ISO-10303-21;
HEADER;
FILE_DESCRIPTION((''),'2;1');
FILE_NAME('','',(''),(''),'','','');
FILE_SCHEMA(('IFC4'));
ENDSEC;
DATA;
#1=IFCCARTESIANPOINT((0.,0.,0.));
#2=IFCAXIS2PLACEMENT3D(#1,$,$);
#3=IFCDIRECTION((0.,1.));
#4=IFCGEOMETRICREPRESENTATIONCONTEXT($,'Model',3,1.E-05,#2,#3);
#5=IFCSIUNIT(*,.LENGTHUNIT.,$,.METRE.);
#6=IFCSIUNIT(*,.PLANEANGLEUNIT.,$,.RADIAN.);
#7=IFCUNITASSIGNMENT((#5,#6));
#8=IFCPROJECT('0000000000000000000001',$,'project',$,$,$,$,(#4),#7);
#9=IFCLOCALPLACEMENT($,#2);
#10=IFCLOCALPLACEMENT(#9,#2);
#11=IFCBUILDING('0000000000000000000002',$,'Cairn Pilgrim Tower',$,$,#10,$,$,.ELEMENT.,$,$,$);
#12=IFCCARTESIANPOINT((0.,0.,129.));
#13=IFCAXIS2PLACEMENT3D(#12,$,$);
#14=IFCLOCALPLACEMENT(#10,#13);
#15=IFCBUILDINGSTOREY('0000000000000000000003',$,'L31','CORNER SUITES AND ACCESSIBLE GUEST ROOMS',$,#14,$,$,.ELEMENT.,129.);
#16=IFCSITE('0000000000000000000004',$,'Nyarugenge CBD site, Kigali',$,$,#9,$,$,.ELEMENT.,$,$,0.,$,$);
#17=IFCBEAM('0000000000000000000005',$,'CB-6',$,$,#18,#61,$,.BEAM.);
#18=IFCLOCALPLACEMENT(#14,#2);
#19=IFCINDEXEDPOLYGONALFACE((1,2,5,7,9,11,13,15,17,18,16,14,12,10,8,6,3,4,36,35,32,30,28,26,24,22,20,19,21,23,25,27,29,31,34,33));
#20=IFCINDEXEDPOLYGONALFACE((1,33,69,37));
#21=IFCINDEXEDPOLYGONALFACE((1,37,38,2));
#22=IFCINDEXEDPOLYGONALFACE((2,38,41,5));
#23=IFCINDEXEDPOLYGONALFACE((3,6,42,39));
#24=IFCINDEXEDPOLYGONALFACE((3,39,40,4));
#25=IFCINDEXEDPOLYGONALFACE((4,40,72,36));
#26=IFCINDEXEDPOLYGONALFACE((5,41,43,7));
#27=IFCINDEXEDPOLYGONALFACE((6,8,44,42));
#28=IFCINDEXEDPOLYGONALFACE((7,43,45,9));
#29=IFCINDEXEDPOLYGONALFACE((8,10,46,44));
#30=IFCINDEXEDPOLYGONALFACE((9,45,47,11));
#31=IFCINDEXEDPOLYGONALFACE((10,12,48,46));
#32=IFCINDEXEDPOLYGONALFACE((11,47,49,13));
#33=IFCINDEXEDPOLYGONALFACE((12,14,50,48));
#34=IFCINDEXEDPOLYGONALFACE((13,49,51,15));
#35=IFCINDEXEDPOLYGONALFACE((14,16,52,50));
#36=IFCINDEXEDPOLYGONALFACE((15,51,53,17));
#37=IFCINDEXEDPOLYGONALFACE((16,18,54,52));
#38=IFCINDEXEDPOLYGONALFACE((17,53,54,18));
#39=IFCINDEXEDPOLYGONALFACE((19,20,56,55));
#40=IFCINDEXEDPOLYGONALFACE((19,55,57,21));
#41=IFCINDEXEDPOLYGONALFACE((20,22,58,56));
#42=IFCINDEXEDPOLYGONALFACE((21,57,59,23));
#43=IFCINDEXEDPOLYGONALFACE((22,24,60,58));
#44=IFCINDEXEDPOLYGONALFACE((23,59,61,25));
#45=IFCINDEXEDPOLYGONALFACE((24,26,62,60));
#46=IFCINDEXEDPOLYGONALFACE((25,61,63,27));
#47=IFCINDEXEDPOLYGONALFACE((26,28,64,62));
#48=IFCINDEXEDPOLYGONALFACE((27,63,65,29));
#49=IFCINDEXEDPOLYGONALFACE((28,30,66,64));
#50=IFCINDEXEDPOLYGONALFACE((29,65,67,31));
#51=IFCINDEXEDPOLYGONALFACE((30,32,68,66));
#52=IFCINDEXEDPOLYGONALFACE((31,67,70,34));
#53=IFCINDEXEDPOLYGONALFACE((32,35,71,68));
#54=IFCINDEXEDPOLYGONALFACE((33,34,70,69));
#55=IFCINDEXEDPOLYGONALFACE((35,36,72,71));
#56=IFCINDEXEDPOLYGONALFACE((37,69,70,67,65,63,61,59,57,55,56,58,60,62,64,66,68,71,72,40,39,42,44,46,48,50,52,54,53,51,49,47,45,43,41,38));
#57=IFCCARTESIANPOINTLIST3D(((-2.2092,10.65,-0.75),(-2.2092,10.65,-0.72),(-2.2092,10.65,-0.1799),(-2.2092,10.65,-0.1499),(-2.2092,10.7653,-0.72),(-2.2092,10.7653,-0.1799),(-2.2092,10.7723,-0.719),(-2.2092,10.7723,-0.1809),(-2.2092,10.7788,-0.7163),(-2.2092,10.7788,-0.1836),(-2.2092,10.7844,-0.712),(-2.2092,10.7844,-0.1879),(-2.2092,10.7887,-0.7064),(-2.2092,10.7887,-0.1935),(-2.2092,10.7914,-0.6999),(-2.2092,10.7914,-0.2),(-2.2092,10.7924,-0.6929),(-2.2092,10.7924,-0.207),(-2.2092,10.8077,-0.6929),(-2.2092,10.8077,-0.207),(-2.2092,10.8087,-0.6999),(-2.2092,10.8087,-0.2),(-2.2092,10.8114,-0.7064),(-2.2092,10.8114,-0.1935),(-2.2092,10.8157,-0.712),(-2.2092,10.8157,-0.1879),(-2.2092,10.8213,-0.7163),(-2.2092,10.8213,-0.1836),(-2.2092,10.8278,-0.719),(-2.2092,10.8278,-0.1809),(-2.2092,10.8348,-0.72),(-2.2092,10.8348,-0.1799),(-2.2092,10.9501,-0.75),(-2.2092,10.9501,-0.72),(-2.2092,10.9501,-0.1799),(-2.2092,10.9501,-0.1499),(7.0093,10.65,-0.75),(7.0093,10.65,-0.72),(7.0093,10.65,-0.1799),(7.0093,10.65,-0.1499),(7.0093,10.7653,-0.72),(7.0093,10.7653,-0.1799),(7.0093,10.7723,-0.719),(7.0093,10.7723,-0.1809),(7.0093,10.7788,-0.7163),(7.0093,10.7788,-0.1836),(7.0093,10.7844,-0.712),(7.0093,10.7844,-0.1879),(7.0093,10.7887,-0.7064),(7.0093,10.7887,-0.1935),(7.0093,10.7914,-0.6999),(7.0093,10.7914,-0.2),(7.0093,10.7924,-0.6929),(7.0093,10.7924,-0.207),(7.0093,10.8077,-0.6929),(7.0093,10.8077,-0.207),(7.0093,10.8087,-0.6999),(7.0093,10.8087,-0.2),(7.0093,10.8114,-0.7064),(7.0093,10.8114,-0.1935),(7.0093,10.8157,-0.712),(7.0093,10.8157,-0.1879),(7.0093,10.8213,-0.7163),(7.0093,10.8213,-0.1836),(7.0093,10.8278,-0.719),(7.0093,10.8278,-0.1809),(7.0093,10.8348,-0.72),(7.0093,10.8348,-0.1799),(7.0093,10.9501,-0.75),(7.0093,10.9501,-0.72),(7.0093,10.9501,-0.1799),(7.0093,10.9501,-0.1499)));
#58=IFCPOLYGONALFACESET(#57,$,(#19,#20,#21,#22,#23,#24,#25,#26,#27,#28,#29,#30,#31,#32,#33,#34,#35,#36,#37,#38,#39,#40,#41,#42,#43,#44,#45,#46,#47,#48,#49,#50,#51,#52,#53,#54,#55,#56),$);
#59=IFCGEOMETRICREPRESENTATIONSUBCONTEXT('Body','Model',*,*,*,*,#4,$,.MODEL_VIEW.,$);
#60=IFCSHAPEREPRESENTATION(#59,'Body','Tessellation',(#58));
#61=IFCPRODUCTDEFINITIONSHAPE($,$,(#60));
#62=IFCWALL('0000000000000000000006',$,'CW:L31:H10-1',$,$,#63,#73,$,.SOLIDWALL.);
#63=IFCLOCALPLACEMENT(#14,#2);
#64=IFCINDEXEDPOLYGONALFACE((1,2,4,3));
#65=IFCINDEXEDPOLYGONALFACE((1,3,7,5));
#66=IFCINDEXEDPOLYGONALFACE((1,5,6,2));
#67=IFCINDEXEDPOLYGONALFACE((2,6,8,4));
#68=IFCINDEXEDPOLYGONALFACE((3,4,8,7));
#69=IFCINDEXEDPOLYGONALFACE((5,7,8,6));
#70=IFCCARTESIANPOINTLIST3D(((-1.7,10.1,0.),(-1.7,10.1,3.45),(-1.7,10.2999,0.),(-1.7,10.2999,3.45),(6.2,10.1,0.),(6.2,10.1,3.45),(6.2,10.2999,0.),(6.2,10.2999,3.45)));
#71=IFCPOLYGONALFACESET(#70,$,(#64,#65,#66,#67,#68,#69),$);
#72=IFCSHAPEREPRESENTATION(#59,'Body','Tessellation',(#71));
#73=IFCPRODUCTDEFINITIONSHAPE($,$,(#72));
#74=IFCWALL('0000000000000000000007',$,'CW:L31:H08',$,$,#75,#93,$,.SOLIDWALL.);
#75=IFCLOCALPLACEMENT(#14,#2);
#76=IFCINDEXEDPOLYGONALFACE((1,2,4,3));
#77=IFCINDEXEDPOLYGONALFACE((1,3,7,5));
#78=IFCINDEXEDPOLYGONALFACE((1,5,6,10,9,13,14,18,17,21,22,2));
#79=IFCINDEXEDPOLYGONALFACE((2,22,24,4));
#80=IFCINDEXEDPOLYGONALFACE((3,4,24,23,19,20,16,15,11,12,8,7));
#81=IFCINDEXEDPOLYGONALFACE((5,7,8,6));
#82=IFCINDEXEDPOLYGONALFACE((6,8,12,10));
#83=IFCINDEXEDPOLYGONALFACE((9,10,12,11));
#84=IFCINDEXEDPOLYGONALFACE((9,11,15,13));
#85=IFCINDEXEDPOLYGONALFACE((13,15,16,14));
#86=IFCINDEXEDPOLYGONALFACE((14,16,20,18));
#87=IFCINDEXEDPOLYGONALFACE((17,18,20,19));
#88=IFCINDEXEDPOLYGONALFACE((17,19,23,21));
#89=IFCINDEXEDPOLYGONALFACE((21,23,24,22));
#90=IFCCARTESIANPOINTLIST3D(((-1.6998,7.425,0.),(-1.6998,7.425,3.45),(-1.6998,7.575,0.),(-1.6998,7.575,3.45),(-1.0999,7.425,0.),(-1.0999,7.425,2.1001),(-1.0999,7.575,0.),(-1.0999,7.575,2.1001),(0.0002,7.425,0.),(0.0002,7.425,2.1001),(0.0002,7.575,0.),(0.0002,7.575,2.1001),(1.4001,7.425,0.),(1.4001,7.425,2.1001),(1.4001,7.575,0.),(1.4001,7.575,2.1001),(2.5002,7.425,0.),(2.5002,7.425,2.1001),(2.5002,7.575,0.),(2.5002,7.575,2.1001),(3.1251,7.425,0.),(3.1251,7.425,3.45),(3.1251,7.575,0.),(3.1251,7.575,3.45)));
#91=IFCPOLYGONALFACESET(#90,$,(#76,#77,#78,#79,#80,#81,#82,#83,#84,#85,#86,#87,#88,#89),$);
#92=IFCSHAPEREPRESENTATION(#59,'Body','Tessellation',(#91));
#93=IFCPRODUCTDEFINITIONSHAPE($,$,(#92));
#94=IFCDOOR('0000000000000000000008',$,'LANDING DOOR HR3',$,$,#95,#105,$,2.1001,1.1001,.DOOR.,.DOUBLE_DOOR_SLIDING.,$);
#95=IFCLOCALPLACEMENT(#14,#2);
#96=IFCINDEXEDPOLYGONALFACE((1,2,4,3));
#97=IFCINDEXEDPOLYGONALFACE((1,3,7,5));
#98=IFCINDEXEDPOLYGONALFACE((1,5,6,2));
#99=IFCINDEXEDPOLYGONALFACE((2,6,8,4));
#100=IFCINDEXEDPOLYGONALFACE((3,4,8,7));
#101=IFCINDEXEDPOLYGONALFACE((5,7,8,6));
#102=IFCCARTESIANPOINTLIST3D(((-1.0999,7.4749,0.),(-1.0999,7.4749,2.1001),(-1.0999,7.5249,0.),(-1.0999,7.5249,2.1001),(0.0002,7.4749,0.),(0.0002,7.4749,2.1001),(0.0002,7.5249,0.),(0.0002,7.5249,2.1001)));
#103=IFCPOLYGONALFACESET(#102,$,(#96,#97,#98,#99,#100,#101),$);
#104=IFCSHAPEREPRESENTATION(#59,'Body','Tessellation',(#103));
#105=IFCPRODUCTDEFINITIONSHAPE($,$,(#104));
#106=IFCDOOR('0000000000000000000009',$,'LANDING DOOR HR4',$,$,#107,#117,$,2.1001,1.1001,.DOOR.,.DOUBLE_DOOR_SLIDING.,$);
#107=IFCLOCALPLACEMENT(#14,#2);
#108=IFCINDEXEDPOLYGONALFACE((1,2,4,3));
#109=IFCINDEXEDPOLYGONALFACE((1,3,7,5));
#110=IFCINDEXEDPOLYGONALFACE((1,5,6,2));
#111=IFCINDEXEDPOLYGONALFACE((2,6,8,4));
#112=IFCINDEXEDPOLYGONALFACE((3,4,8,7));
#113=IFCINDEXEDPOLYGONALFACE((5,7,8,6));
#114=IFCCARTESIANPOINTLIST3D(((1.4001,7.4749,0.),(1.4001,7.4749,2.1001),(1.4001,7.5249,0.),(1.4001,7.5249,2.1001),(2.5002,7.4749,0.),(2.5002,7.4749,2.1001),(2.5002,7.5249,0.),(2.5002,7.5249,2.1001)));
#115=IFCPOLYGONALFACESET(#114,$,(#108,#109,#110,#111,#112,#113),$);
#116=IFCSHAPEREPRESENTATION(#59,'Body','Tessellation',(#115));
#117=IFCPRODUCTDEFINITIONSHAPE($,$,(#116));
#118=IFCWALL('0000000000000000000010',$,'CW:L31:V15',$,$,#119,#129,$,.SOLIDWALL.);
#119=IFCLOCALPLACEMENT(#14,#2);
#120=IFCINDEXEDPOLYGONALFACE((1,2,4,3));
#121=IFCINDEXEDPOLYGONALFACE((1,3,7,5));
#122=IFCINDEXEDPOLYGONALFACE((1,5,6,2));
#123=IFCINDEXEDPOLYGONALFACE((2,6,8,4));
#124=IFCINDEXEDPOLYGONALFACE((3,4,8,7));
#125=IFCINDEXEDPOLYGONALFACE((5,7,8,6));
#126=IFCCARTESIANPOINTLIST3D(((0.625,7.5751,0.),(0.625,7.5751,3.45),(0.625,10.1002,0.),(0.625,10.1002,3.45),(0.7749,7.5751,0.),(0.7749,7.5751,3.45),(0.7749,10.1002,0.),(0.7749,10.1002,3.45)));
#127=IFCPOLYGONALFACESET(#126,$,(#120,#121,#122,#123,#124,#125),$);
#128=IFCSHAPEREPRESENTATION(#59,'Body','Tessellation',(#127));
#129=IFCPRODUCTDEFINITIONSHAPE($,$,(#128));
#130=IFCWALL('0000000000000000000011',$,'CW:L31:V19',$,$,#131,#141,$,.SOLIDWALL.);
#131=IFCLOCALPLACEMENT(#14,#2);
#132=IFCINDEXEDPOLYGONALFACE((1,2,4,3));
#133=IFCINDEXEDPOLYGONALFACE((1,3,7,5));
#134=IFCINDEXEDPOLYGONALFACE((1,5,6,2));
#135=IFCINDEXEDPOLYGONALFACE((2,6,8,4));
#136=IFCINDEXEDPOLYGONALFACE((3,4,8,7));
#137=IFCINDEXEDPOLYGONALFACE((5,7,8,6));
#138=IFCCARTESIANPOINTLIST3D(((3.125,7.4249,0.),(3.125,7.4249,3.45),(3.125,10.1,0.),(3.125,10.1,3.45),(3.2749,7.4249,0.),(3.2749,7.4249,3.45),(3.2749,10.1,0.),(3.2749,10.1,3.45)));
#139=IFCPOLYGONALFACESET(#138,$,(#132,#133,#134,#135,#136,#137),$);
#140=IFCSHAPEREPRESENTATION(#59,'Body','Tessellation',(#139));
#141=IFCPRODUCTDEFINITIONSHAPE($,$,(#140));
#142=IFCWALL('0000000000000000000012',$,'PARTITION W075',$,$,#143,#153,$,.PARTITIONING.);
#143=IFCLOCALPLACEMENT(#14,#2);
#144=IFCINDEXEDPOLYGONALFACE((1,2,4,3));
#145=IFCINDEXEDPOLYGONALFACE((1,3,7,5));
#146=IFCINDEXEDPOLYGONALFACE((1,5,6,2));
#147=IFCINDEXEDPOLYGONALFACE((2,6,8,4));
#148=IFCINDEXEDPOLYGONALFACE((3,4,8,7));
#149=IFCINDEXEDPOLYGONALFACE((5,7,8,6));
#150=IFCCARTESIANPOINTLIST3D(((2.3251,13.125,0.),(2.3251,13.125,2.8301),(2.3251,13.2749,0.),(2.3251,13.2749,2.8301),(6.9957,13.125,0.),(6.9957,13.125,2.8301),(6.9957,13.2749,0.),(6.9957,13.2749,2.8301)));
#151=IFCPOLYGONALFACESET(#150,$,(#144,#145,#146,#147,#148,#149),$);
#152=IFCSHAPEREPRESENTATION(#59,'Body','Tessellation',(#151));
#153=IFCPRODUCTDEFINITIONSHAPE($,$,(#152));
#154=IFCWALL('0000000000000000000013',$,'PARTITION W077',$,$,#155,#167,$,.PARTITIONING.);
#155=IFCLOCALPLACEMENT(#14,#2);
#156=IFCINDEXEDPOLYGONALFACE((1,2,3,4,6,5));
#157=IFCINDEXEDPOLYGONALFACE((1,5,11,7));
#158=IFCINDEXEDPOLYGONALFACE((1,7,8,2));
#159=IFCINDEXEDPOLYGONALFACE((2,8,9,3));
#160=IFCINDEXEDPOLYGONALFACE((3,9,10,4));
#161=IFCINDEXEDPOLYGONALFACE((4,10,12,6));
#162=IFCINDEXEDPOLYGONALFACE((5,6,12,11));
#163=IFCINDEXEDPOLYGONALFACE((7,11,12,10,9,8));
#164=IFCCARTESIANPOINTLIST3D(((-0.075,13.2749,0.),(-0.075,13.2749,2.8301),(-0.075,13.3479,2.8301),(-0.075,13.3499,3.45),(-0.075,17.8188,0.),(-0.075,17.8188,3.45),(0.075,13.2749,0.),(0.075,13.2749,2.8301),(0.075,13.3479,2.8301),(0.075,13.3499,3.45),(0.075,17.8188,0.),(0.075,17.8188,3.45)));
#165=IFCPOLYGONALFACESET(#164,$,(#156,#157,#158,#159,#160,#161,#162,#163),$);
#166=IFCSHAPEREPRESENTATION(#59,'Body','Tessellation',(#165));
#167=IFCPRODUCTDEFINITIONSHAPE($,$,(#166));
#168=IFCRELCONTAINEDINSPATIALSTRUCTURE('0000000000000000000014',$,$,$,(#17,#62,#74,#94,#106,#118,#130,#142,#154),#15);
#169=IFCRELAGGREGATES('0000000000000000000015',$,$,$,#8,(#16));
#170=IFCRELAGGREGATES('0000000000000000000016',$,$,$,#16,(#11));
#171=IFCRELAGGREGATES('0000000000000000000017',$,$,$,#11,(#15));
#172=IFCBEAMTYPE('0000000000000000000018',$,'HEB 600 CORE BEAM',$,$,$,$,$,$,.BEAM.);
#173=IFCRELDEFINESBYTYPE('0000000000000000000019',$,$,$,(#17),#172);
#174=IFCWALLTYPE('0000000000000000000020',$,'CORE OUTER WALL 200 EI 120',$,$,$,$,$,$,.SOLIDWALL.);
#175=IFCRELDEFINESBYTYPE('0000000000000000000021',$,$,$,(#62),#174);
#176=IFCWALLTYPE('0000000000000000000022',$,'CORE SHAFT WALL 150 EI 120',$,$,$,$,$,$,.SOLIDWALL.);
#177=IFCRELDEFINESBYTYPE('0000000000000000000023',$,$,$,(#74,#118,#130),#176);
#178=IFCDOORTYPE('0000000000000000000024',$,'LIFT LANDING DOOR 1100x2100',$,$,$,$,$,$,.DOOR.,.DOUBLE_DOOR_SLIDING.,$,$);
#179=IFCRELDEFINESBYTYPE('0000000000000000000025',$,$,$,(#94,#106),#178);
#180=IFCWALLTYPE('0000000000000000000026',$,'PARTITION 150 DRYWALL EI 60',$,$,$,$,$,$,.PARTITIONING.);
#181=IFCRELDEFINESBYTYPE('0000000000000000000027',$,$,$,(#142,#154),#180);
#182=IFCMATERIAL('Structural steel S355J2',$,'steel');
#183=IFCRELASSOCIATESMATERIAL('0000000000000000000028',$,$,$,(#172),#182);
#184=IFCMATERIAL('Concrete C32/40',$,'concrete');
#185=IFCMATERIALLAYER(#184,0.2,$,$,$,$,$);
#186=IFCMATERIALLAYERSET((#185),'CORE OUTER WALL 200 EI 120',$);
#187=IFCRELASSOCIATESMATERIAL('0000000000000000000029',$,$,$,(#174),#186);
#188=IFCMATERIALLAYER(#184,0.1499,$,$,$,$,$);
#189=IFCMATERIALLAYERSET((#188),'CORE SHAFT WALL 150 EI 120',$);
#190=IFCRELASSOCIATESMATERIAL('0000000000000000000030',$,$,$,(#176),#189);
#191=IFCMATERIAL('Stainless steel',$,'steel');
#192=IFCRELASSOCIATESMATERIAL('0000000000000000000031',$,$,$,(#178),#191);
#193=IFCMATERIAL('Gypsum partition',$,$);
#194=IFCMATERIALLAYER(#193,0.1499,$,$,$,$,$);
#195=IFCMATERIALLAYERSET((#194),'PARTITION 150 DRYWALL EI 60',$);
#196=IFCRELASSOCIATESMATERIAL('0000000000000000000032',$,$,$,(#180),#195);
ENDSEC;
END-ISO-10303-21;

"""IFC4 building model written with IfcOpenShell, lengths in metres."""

from ifc_helpers import new_model, si_unit, direction, frame, frame_2d, origin, origin_2d, place, context, subcontext, project, spatial, polyline, rectangle, i_section, outline, extrude, material, layer, layer_set, material_profile, profile_set, type_object, element, fill, save


model = new_model("IFC4")

# Units and contexts
model_context = context("Model", 3, precision=1e-05, world=origin(), true_north=direction((0.0, 1.0)))
body_context = subcontext(model_context, "Body", "Model", "MODEL_VIEW")
ifc_project = project(units=[si_unit("LENGTHUNIT", "METRE"), si_unit("PLANEANGLEUNIT", "RADIAN")], contexts=[model_context])

# Site, building, storey
site_placement = place(None, origin())
site = spatial("IfcSite", under=ifc_project, at=site_placement, Name="Nyarugenge CBD site, Kigali", CompositionType="ELEMENT", RefElevation=0.0)
building_placement = place(site_placement, origin())
building = spatial("IfcBuilding", under=site, at=building_placement, Name="Cairn Pilgrim Tower", CompositionType="ELEMENT")
storey_placement = place(building_placement, frame((0.0, 0.0, 129.0)))
storey = spatial("IfcBuildingStorey", under=building, at=storey_placement, Name="L31", Description="CORNER SUITES AND ACCESSIBLE GUEST ROOMS", CompositionType="ELEMENT", Elevation=129.0)

# Beam
ifc_material_1 = material(Name="Structural steel S355J2", Category="steel")
ifc_material_profile = material_profile(ifc_material_1, i_section(OverallWidth=0.3, OverallDepth=0.6001, WebThickness=0.0154, FlangeThickness=0.03, FilletRadius=0.0271, at=origin_2d()), Name="HEB 600")
ifc_profile_set = profile_set([ifc_material_profile], Name="Structural steel S355J2")
beam_type = type_object("IfcBeamType", Name="HEB 600 CORE BEAM", PredefinedType="BEAM", material=ifc_profile_set)
beam_placement = place(storey_placement, frame((7.0093, 10.8, -0.45), z_axis=(-1.0, 0.0, 0.0), x_axis=(0.0, -1.0, 0.0)))
element("IfcBeam", 1, at=beam_placement, inside=storey, type_object=beam_type, Name="CB-6", PredefinedType="BEAM", context=body_context, shape_type="SweptSolid", body=[
    extrude(i_section(OverallWidth=0.3, OverallDepth=0.6001, WebThickness=0.0154, FlangeThickness=0.03, FilletRadius=0.0271, at=origin_2d()), origin(), (0.0, 0.0, 1.0), 9.2185),
])

# Wall
ifc_material_2 = material(Name="Concrete C32/40", Category="concrete")
ifc_layer_1 = layer(ifc_material_2, 0.2)
ifc_layer_set_1 = layer_set([ifc_layer_1], Name="CORE OUTER WALL 200 EI 120")
wall_type_1 = type_object("IfcWallType", Name="CORE OUTER WALL 200 EI 120", PredefinedType="SOLIDWALL", material=ifc_layer_set_1)
wall_1_placement = place(storey_placement, frame((-1.7, 10.2, 0.0), z_axis=(0.0, 0.0, 1.0), x_axis=(1.0, 0.0, 0.0)))
element("IfcWall", 2, at=wall_1_placement, inside=storey, type_object=wall_type_1, Name="CW:L31:H10-1", PredefinedType="SOLIDWALL", context=body_context, shape_type="SweptSolid", body=[
    extrude(rectangle(XDim=7.8999, YDim=0.2, at=frame_2d((3.95, 0.0))), origin(), (0.0, 0.0, 1.0), 3.45),
])

# Wall, openings, doors
ifc_layer_2 = layer(ifc_material_2, 0.1499)
ifc_layer_set_2 = layer_set([ifc_layer_2], Name="CORE SHAFT WALL 150 EI 120")
wall_type_2 = type_object("IfcWallType", Name="CORE SHAFT WALL 150 EI 120", PredefinedType="SOLIDWALL", material=ifc_layer_set_2)
wall_2_placement = place(storey_placement, frame((-1.7, 7.5, 0.0), z_axis=(0.0, 0.0, 1.0), x_axis=(1.0, 0.0, 0.0)))
wall_2 = element("IfcWall", 3, at=wall_2_placement, inside=storey, type_object=wall_type_2, Name="CW:L31:H08", PredefinedType="SOLIDWALL", context=body_context, shape_type="SweptSolid", body=[
    extrude(rectangle(XDim=4.825, YDim=0.1499, at=frame_2d((2.4126, 0.0))), origin(), (0.0, 0.0, 1.0), 3.45),
])
opening_1_placement = place(wall_2_placement, frame((0.6001, 0.0, 0.0)))
opening_1 = element("IfcOpeningElement", 4, at=opening_1_placement, cuts=wall_2, PredefinedType="OPENING", context=body_context, shape_type="SweptSolid", body=[
    extrude(rectangle(XDim=1.1001, YDim=2.1001, at=frame_2d((0.55, 1.05))), frame((0.0, 0.085, 0.0), z_axis=(0.0, -1.0, 0.0), x_axis=(1.0, 0.0, 0.0)), (0.0, 0.0, 1.0), 0.1699),
])
opening_2_placement = place(wall_2_placement, frame((3.1001, 0.0, 0.0)))
opening_2 = element("IfcOpeningElement", 5, at=opening_2_placement, cuts=wall_2, PredefinedType="OPENING", context=body_context, shape_type="SweptSolid", body=[
    extrude(rectangle(XDim=1.1001, YDim=2.1001, at=frame_2d((0.55, 1.05))), frame((0.0, 0.085, 0.0), z_axis=(0.0, -1.0, 0.0), x_axis=(1.0, 0.0, 0.0)), (0.0, 0.0, 1.0), 0.1699),
])
ifc_material_3 = material(Name="Stainless steel", Category="steel")
door_type_1 = type_object("IfcDoorType", Name="LIFT LANDING DOOR 1100x2100", OperationType="DOUBLE_DOOR_SLIDING", PredefinedType="DOOR", material=ifc_material_3)
door_1_placement = place(opening_1_placement, origin())
door_1 = element("IfcDoor", 6, at=door_1_placement, inside=storey, type_object=door_type_1, Name="LANDING DOOR HR3", OperationType="DOUBLE_DOOR_SLIDING", OverallHeight=2.1001, OverallWidth=1.1001, PredefinedType="DOOR", context=body_context, shape_type="SweptSolid", body=[
    extrude(rectangle(XDim=1.1001, YDim=2.1001, at=frame_2d((0.55, 1.05))), frame((0.0, 0.0249, 0.0), z_axis=(0.0, -1.0, 0.0), x_axis=(1.0, 0.0, 0.0)), (0.0, 0.0, 1.0), 0.05),
])
fill(opening_1, door_1)
door_2_placement = place(opening_2_placement, origin())
door_2 = element("IfcDoor", 7, at=door_2_placement, inside=storey, type_object=door_type_1, Name="LANDING DOOR HR4", OperationType="DOUBLE_DOOR_SLIDING", OverallHeight=2.1001, OverallWidth=1.1001, PredefinedType="DOOR", context=body_context, shape_type="SweptSolid", body=[
    extrude(rectangle(XDim=1.1001, YDim=2.1001, at=frame_2d((0.55, 1.05))), frame((0.0, 0.0249, 0.0), z_axis=(0.0, -1.0, 0.0), x_axis=(1.0, 0.0, 0.0)), (0.0, 0.0, 1.0), 0.05),
])
fill(opening_2, door_2)

# Walls
wall_3_placement = place(storey_placement, frame((0.7, 7.575, 0.0), z_axis=(0.0, 0.0, 1.0), x_axis=(0.0, 1.0, 0.0)))
element("IfcWall", 8, at=wall_3_placement, inside=storey, type_object=wall_type_2, Name="CW:L31:V15", PredefinedType="SOLIDWALL", context=body_context, shape_type="SweptSolid", body=[
    extrude(rectangle(XDim=2.5251, YDim=0.1499, at=frame_2d((1.2627, 0.0))), origin(), (0.0, 0.0, 1.0), 3.45),
])
wall_4_placement = place(storey_placement, frame((3.2, 7.425, 0.0), z_axis=(0.0, 0.0, 1.0), x_axis=(0.0, 1.0, 0.0)))
element("IfcWall", 9, at=wall_4_placement, inside=storey, type_object=wall_type_2, Name="CW:L31:V19", PredefinedType="SOLIDWALL", context=body_context, shape_type="SweptSolid", body=[
    extrude(rectangle(XDim=2.675, YDim=0.1499, at=frame_2d((1.3374, 0.0))), origin(), (0.0, 0.0, 1.0), 3.45),
])
ifc_material_4 = material(Name="Gypsum partition")
ifc_layer_3 = layer(ifc_material_4, 0.1499)
ifc_layer_set_3 = layer_set([ifc_layer_3], Name="PARTITION 150 DRYWALL EI 60")
wall_type_3 = type_object("IfcWallType", Name="PARTITION 150 DRYWALL EI 60", PredefinedType="PARTITIONING", material=ifc_layer_set_3)
wall_5_placement = place(storey_placement, frame((2.325, 13.2, 0.0), z_axis=(0.0, 0.0, 1.0), x_axis=(1.0, 0.0, 0.0)))
element("IfcWall", 10, at=wall_5_placement, inside=storey, type_object=wall_type_3, Name="PARTITION W075", PredefinedType="PARTITIONING", context=body_context, shape_type="SweptSolid", body=[
    extrude(rectangle(XDim=4.6707, YDim=0.1499, at=frame_2d((2.3354, 0.0))), origin(), (0.0, 0.0, 1.0), 2.8301),
])
wall_6_placement = place(storey_placement, frame((0.0, 13.2749, 0.0), z_axis=(0.0, 0.0, 1.0), x_axis=(0.0, 1.0, 0.0)))
element("IfcWall", 11, at=wall_6_placement, inside=storey, type_object=wall_type_3, Name="PARTITION W077", PredefinedType="PARTITIONING", context=body_context, shape_type="SweptSolid", body=[
    extrude(outline(polyline([(0.0, 0.0), (4.5439, 0.0), (4.5439, 3.45), (0.075, 3.45), (0.073, 2.8301), (0.0, 2.8301), (0.0, 0.0)])), frame((0.0, 0.075, 0.0), z_axis=(0.0, -1.0, 0.0), x_axis=(1.0, 0.0, 0.0)), (0.0, 0.0, 1.0), 0.1499),
])

save(model, "model.ifc")
